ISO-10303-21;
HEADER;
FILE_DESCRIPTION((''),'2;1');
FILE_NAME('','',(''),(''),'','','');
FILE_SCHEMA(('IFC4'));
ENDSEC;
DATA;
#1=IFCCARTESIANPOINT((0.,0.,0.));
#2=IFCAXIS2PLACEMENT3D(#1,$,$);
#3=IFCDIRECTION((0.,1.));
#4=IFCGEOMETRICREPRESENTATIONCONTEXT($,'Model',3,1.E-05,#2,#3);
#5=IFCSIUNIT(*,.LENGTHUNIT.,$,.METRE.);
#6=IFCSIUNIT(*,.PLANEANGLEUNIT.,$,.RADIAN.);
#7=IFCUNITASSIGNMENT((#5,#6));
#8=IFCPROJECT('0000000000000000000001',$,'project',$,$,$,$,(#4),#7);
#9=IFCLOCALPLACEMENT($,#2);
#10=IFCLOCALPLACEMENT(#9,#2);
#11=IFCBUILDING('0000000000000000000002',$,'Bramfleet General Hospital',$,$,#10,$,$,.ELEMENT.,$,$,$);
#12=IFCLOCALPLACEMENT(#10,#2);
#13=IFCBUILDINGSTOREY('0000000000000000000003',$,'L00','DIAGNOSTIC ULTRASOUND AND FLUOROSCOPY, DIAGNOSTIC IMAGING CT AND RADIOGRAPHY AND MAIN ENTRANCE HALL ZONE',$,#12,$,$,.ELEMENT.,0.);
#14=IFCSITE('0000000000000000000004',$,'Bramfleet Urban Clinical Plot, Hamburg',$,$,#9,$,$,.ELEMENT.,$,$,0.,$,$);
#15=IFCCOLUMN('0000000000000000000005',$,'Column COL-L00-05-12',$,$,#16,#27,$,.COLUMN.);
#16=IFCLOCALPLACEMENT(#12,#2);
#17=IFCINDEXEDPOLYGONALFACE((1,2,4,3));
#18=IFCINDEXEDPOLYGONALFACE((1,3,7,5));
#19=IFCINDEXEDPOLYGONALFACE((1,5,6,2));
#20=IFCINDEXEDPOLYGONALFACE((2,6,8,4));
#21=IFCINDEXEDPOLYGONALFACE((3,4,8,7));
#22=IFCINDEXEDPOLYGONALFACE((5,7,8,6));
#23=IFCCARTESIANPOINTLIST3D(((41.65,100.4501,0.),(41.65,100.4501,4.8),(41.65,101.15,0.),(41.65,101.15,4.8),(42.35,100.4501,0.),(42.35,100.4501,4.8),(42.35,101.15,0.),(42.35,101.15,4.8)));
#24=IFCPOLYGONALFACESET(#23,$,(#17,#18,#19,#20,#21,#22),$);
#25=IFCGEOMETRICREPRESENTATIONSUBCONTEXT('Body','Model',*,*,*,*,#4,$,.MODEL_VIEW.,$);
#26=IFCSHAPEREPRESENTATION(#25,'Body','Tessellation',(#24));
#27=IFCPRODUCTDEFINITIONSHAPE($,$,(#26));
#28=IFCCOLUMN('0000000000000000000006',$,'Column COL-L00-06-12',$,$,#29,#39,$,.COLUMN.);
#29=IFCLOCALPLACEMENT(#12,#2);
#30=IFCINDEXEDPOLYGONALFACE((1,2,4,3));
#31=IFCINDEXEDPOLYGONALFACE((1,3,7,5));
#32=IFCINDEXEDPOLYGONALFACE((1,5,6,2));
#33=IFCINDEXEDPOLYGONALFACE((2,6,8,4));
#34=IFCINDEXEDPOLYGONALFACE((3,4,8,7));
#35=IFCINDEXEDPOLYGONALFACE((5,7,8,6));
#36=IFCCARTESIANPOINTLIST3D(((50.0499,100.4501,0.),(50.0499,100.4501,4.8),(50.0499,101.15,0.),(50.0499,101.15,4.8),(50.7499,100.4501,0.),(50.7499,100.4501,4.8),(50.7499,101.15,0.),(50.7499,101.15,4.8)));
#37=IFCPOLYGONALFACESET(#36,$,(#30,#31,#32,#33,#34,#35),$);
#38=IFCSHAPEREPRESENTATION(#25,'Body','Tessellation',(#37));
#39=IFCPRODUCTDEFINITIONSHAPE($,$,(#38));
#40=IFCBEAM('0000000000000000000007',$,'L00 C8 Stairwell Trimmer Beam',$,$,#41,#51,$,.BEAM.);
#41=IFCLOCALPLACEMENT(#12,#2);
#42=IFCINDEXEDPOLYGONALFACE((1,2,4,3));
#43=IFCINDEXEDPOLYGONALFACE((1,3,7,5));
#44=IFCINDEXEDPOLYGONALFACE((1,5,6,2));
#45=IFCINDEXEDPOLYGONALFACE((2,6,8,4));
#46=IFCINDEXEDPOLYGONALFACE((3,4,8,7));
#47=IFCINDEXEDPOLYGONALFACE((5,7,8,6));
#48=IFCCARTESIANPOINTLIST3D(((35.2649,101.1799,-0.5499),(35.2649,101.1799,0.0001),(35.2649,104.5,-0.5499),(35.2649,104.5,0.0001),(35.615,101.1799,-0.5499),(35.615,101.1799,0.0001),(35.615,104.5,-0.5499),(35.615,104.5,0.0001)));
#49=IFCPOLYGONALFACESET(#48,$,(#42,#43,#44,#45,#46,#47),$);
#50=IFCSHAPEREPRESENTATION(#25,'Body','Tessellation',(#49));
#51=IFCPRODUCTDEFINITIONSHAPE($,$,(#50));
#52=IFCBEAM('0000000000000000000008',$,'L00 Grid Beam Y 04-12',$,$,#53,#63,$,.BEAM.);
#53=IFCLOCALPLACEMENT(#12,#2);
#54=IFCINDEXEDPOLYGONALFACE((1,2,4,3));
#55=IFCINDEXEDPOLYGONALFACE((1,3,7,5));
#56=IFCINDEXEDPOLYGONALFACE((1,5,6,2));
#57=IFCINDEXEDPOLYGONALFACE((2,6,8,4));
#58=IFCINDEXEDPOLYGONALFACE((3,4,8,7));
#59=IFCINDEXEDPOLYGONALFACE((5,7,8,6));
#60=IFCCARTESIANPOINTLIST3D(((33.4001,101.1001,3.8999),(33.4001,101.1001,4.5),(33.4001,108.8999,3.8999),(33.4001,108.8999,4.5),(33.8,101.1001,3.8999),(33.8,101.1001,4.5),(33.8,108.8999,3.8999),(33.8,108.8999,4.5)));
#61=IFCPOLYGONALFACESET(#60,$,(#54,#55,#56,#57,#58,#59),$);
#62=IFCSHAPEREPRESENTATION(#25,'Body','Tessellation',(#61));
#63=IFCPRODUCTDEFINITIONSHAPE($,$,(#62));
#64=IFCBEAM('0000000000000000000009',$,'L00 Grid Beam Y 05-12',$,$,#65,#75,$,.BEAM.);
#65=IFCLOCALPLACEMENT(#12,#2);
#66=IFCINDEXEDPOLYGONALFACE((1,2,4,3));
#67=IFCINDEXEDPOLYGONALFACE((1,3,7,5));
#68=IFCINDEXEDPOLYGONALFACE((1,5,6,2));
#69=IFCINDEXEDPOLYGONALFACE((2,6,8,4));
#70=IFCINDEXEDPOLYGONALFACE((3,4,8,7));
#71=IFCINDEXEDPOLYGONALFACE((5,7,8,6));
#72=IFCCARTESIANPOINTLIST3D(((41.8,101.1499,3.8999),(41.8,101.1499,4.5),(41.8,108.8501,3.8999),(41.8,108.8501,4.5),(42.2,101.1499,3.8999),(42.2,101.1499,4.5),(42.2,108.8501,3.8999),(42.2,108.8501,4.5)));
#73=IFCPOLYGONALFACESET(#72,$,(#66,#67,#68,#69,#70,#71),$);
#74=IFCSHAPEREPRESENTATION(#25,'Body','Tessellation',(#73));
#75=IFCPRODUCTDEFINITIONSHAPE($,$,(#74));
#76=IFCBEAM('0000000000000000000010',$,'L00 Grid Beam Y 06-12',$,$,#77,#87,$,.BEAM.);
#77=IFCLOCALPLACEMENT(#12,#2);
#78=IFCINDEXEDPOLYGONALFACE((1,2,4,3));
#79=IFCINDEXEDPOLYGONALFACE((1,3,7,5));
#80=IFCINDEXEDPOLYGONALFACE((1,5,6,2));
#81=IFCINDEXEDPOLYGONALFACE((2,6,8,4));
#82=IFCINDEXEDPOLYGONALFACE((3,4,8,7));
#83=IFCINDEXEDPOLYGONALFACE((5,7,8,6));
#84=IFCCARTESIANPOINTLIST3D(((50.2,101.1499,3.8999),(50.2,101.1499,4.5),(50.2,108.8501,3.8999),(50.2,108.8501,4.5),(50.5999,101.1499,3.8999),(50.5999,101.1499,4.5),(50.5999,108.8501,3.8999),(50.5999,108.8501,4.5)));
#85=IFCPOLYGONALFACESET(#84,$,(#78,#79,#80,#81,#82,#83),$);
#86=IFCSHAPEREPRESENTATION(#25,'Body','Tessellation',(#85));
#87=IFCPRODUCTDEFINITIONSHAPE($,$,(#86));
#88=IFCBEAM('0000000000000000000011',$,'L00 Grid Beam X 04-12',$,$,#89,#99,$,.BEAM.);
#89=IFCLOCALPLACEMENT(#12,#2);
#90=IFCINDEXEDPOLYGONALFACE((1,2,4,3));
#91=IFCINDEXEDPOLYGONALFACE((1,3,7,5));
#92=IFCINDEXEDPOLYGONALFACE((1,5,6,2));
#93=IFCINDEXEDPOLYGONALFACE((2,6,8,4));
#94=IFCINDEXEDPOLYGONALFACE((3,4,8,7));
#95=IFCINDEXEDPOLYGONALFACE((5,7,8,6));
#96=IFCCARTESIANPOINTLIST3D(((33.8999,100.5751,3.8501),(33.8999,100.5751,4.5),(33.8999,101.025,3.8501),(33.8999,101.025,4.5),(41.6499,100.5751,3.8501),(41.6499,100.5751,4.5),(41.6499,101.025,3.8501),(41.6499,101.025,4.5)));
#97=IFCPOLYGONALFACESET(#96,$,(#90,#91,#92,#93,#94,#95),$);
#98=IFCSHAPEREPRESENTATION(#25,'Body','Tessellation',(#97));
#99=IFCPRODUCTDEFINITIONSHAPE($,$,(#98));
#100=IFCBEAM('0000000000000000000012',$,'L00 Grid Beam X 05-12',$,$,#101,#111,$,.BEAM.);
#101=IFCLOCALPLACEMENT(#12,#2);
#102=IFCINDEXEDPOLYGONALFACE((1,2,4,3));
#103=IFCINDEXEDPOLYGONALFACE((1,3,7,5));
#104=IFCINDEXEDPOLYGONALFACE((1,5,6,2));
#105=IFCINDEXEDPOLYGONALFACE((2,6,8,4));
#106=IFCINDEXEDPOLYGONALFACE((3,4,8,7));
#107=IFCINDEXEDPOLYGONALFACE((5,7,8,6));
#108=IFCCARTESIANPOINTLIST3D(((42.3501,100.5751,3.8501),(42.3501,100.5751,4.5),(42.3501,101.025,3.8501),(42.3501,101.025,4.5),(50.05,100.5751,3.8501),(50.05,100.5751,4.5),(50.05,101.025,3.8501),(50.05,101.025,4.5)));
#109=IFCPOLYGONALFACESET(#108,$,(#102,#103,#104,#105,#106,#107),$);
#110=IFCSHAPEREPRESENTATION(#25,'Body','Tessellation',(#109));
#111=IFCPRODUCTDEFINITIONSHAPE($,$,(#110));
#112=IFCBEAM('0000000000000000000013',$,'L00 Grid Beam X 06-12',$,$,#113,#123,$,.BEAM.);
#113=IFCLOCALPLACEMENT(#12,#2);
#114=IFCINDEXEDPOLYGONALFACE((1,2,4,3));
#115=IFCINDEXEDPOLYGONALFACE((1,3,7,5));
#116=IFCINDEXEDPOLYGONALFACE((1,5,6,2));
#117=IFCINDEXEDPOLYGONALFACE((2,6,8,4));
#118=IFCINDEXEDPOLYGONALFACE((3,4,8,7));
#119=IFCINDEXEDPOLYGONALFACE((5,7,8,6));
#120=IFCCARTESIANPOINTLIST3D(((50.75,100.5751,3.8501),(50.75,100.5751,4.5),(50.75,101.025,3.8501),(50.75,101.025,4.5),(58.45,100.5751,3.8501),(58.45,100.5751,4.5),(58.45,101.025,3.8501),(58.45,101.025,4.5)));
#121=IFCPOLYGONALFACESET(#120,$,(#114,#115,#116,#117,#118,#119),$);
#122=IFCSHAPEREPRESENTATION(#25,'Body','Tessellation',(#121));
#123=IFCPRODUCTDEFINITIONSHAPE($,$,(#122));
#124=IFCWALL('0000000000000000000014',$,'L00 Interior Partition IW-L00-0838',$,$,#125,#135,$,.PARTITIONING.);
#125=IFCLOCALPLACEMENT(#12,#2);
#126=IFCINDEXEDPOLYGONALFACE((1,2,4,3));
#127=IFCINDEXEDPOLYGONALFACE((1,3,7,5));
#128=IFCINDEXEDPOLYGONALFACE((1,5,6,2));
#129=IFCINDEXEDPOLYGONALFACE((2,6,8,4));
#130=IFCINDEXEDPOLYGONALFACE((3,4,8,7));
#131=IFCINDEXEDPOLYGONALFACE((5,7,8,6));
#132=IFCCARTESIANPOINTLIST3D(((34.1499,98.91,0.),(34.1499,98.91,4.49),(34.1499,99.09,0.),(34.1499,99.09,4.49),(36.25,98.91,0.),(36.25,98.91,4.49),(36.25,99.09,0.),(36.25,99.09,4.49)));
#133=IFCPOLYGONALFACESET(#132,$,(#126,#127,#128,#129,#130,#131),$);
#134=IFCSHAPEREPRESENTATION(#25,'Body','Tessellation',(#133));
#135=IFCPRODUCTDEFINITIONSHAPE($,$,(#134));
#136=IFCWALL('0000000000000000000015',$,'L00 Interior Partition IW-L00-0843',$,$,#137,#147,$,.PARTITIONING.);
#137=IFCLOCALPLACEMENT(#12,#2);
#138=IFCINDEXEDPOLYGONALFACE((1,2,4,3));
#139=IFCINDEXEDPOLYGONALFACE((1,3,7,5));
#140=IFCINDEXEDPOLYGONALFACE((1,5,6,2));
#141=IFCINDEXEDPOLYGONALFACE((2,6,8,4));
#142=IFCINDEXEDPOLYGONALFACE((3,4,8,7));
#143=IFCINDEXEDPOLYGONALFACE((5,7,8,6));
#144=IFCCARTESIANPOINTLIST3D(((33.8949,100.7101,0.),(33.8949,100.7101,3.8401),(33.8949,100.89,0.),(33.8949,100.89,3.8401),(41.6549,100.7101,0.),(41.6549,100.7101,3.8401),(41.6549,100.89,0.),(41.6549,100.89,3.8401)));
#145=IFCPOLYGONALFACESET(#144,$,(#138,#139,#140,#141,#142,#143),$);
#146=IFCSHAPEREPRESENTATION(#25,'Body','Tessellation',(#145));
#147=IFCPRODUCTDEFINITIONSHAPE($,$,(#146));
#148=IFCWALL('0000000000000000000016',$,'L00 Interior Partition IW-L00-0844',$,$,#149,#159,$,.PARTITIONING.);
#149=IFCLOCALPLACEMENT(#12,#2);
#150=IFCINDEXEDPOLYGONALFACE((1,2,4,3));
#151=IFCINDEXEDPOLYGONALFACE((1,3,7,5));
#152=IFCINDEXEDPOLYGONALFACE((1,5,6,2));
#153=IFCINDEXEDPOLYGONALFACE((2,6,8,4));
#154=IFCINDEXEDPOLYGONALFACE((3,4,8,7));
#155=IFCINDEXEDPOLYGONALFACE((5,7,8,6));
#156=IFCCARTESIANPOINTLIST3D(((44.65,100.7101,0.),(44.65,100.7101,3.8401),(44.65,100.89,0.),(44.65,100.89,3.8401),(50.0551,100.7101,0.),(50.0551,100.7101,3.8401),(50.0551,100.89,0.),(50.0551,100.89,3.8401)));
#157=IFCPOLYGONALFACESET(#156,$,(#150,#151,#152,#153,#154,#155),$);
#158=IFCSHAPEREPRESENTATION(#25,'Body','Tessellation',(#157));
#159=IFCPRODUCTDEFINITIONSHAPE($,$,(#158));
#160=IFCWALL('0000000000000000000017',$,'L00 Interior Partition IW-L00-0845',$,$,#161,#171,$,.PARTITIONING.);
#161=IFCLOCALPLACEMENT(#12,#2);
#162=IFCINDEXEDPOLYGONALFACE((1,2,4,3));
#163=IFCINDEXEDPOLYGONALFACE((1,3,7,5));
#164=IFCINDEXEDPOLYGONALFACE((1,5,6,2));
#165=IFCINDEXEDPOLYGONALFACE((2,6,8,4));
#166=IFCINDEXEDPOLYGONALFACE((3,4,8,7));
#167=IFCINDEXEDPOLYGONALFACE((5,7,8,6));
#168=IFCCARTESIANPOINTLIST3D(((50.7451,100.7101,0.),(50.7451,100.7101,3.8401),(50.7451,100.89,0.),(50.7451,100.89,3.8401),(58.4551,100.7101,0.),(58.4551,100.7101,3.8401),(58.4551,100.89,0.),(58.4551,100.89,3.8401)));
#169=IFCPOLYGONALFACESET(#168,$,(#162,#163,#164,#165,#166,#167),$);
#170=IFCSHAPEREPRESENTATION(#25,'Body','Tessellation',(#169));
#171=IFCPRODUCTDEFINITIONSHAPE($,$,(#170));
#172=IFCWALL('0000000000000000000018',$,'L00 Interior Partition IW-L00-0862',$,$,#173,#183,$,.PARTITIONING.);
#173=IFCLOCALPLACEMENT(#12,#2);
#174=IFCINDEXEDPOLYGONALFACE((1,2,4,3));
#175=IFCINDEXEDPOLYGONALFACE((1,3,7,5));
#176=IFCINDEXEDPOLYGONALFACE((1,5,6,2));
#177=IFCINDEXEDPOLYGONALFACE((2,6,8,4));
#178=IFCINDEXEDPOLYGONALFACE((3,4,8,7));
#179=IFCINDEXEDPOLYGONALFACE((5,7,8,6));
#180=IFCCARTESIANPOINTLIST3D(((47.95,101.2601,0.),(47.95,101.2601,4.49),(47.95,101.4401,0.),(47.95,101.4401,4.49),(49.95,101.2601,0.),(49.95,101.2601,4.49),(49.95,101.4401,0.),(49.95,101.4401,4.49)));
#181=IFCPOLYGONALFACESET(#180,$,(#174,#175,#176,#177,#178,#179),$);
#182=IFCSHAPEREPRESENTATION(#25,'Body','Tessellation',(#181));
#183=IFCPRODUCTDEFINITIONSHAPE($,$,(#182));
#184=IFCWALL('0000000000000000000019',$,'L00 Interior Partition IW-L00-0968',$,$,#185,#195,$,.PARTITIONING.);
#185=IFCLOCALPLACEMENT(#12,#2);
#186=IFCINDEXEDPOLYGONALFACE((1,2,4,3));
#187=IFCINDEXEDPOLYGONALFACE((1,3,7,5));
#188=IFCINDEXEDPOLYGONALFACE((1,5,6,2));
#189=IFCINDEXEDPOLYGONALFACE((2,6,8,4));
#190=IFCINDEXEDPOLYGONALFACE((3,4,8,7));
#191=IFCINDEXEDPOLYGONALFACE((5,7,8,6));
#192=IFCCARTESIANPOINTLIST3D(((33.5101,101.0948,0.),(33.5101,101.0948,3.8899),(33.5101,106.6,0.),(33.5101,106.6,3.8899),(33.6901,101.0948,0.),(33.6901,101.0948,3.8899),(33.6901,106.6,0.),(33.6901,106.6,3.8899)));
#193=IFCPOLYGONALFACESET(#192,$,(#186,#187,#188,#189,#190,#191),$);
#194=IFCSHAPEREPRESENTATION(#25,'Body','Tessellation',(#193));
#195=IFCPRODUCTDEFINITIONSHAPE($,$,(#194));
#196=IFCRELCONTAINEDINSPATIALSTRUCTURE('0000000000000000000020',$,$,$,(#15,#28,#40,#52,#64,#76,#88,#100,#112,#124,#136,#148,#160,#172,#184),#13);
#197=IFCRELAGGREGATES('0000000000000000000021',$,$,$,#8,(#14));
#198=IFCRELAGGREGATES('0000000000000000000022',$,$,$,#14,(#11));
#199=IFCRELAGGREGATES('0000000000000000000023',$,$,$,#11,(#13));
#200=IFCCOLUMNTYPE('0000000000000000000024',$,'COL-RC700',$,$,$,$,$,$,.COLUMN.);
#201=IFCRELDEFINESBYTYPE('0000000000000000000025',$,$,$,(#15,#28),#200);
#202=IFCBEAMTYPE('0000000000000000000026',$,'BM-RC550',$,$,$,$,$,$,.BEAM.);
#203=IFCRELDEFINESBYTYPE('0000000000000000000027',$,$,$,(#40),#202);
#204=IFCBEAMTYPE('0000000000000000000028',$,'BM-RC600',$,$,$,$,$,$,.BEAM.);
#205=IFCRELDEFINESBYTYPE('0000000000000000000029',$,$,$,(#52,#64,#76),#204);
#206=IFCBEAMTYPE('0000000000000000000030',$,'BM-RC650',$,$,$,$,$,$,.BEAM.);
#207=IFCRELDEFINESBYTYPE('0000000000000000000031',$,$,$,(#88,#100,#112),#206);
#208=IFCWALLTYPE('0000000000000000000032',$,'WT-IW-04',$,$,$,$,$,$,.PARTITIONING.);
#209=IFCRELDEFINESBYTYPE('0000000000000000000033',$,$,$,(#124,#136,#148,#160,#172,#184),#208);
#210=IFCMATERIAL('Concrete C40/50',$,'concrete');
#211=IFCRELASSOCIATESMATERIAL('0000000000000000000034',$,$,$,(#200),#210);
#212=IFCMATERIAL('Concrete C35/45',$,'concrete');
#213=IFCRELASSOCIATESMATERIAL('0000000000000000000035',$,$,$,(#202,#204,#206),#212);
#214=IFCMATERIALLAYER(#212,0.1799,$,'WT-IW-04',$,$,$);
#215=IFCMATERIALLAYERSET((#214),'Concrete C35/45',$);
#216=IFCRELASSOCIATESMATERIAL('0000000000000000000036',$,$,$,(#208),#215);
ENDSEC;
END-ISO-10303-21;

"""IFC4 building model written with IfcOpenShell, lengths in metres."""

from ifc_helpers import new_model, si_unit, direction, frame, frame_2d, origin, origin_2d, place, context, subcontext, project, spatial, rectangle, extrude, material, layer, layer_set, material_profile, profile_set, type_object, element, save


model = new_model("IFC4")

# Units and contexts
model_context = context("Model", 3, precision=1e-05, world=origin(), true_north=direction((0.0, 1.0)))
body_context = subcontext(model_context, "Body", "Model", "MODEL_VIEW")
ifc_project = project(units=[si_unit("LENGTHUNIT", "METRE"), si_unit("PLANEANGLEUNIT", "RADIAN")], contexts=[model_context])

# Site, building, storey
site_placement = place(None, origin())
site = spatial("IfcSite", under=ifc_project, at=site_placement, Name="Bramfleet Urban Clinical Plot, Hamburg", CompositionType="ELEMENT", RefElevation=0.0)
building_placement = place(site_placement, origin())
building = spatial("IfcBuilding", under=site, at=building_placement, Name="Bramfleet General Hospital", CompositionType="ELEMENT")
storey_placement = place(building_placement, origin())
storey = spatial("IfcBuildingStorey", under=building, at=storey_placement, Name="L00", Description="DIAGNOSTIC ULTRASOUND AND FLUOROSCOPY, DIAGNOSTIC IMAGING CT AND RADIOGRAPHY AND MAIN ENTRANCE HALL ZONE", CompositionType="ELEMENT", Elevation=0.0)

# Columns
ifc_material_1 = material(Name="Concrete C40/50", Category="concrete")
ifc_material_profile_1 = material_profile(ifc_material_1, rectangle(XDim=0.7, YDim=0.7, at=origin_2d()), Name="RC COL 700x700")
ifc_profile_set_1 = profile_set([ifc_material_profile_1], Name="Concrete C40/50")
column_type = type_object("IfcColumnType", Name="COL-RC700", PredefinedType="COLUMN", material=ifc_profile_set_1)
for number, where, z_axis, x_axis, name in (
    (1, (42.0, 100.8, 0.0), (0.0, 0.0, 1.0), (1.0, 0.0, 0.0), "Column COL-L00-05-12"),
    (2, (50.3999, 100.8, 0.0), (0.0, 0.0, 1.0), (1.0, 0.0, 0.0), "Column COL-L00-06-12"),
):
    element("IfcColumn", number, at=place(storey_placement, frame(where, z_axis=z_axis, x_axis=x_axis)), inside=storey, type_object=column_type, Name=name, PredefinedType="COLUMN", context=body_context, shape_type="SweptSolid", body=[
        extrude(rectangle(XDim=0.7, YDim=0.7, at=origin_2d()), origin(), (0.0, 0.0, 1.0), 4.8),
    ])

# Beams
ifc_material_2 = material(Name="Concrete C35/45", Category="concrete")
ifc_material_profile_2 = material_profile(ifc_material_2, rectangle(XDim=0.3501, YDim=0.55, at=origin_2d()), Name="RC BM 550x350")
ifc_profile_set_2 = profile_set([ifc_material_profile_2], Name="Concrete C35/45")
beam_type_1 = type_object("IfcBeamType", Name="BM-RC550", PredefinedType="BEAM", material=ifc_profile_set_2)
beam_1_placement = place(storey_placement, frame((35.4399, 101.1799, -0.2749), z_axis=(0.0, 1.0, 0.0), x_axis=(-1.0, 0.0, 0.0)))
element("IfcBeam", 3, at=beam_1_placement, inside=storey, type_object=beam_type_1, Name="L00 C8 Stairwell Trimmer Beam", PredefinedType="BEAM", context=body_context, shape_type="SweptSolid", body=[
    extrude(rectangle(XDim=0.3501, YDim=0.55, at=origin_2d()), origin(), (0.0, 0.0, 1.0), 3.3201),
])
ifc_material_profile_3 = material_profile(ifc_material_2, rectangle(XDim=0.3999, YDim=0.6001, at=origin_2d()), Name="RC BM 600x400")
ifc_profile_set_3 = profile_set([ifc_material_profile_3], Name="Concrete C35/45")
beam_type_2 = type_object("IfcBeamType", Name="BM-RC600", PredefinedType="BEAM", material=ifc_profile_set_3)
beam_2_placement = place(storey_placement, frame((33.6001, 101.1001, 4.2), z_axis=(0.0, 1.0, 0.0), x_axis=(-1.0, 0.0, 0.0)))
element("IfcBeam", 4, at=beam_2_placement, inside=storey, type_object=beam_type_2, Name="L00 Grid Beam Y 04-12", PredefinedType="BEAM", context=body_context, shape_type="SweptSolid", body=[
    extrude(rectangle(XDim=0.3999, YDim=0.6001, at=origin_2d()), origin(), (0.0, 0.0, 1.0), 7.7998),
])
for number, where, z_axis, x_axis, name in (
    (5, (42.0, 101.1499, 4.2), (0.0, 1.0, 0.0), (-1.0, 0.0, 0.0), "L00 Grid Beam Y 05-12"),
    (6, (50.3999, 101.1499, 4.2), (0.0, 1.0, 0.0), (-1.0, 0.0, 0.0), "L00 Grid Beam Y 06-12"),
):
    element("IfcBeam", number, at=place(storey_placement, frame(where, z_axis=z_axis, x_axis=x_axis)), inside=storey, type_object=beam_type_2, Name=name, PredefinedType="BEAM", context=body_context, shape_type="SweptSolid", body=[
        extrude(rectangle(XDim=0.3999, YDim=0.6001, at=origin_2d()), origin(), (0.0, 0.0, 1.0), 7.7002),
    ])
ifc_material_profile_4 = material_profile(ifc_material_2, rectangle(XDim=0.45, YDim=0.6499, at=origin_2d()), Name="RC BM 650x450")
ifc_profile_set_4 = profile_set([ifc_material_profile_4], Name="Concrete C35/45")
beam_type_3 = type_object("IfcBeamType", Name="BM-RC650", PredefinedType="BEAM", material=ifc_profile_set_4)
beam_3_placement = place(storey_placement, frame((33.8999, 100.8, 4.175), z_axis=(1.0, 0.0, 0.0), x_axis=(0.0, 1.0, 0.0)))
element("IfcBeam", 7, at=beam_3_placement, inside=storey, type_object=beam_type_3, Name="L00 Grid Beam X 04-12", PredefinedType="BEAM", context=body_context, shape_type="SweptSolid", body=[
    extrude(rectangle(XDim=0.45, YDim=0.6499, at=origin_2d()), origin(), (0.0, 0.0, 1.0), 7.75),
])
for number, where, z_axis, x_axis, name in (
    (8, (42.3501, 100.8, 4.175), (1.0, 0.0, 0.0), (0.0, 1.0, 0.0), "L00 Grid Beam X 05-12"),
    (9, (50.75, 100.8, 4.175), (1.0, 0.0, 0.0), (0.0, 1.0, 0.0), "L00 Grid Beam X 06-12"),
):
    element("IfcBeam", number, at=place(storey_placement, frame(where, z_axis=z_axis, x_axis=x_axis)), inside=storey, type_object=beam_type_3, Name=name, PredefinedType="BEAM", context=body_context, shape_type="SweptSolid", body=[
        extrude(rectangle(XDim=0.45, YDim=0.6499, at=origin_2d()), origin(), (0.0, 0.0, 1.0), 7.7),
    ])

# Walls
ifc_layer_1 = layer(ifc_material_2, 0.1799, Name="WT-IW-04")
ifc_layer_set_1 = layer_set([ifc_layer_1], Name="Concrete C35/45")
wall_type_1 = type_object("IfcWallType", Name="WT-IW-04", PredefinedType="PARTITIONING", material=ifc_layer_set_1)
wall_1_placement = place(storey_placement, frame((34.1499, 99.0, 0.0), z_axis=(0.0, 0.0, 1.0), x_axis=(1.0, 0.0, 0.0)))
element("IfcWall", 10, at=wall_1_placement, inside=storey, type_object=wall_type_1, Name="L00 Interior Partition IW-L00-0838", PredefinedType="PARTITIONING", context=body_context, shape_type="SweptSolid", body=[
    extrude(rectangle(XDim=2.1001, YDim=0.1799, at=frame_2d((1.05, 0.0))), origin(), (0.0, 0.0, 1.0), 4.49),
])
wall_2_placement = place(storey_placement, frame((33.895, 100.8, 0.0), z_axis=(0.0, 0.0, 1.0), x_axis=(1.0, 0.0, 0.0)))
element("IfcWall", 11, at=wall_2_placement, inside=storey, type_object=wall_type_1, Name="L00 Interior Partition IW-L00-0843", PredefinedType="PARTITIONING", context=body_context, shape_type="SweptSolid", body=[
    extrude(rectangle(XDim=7.76, YDim=0.1799, at=frame_2d((3.8799, 0.0))), origin(), (0.0, 0.0, 1.0), 3.8401),
])
wall_3_placement = place(storey_placement, frame((44.6499, 100.8, 0.0), z_axis=(0.0, 0.0, 1.0), x_axis=(1.0, 0.0, 0.0)))
element("IfcWall", 12, at=wall_3_placement, inside=storey, type_object=wall_type_1, Name="L00 Interior Partition IW-L00-0844", PredefinedType="PARTITIONING", context=body_context, shape_type="SweptSolid", body=[
    extrude(rectangle(XDim=5.405, YDim=0.1799, at=frame_2d((2.7026, 0.0))), origin(), (0.0, 0.0, 1.0), 3.8401),
])
wall_4_placement = place(storey_placement, frame((50.7451, 100.8, 0.0), z_axis=(0.0, 0.0, 1.0), x_axis=(1.0, 0.0, 0.0)))
element("IfcWall", 13, at=wall_4_placement, inside=storey, type_object=wall_type_1, Name="L00 Interior Partition IW-L00-0845", PredefinedType="PARTITIONING", context=body_context, shape_type="SweptSolid", body=[
    extrude(rectangle(XDim=7.71, YDim=0.1799, at=frame_2d((3.855, 0.0))), origin(), (0.0, 0.0, 1.0), 3.8401),
])
wall_5_placement = place(storey_placement, frame((47.95, 101.3501, 0.0), z_axis=(0.0, 0.0, 1.0), x_axis=(1.0, 0.0, 0.0)))
element("IfcWall", 14, at=wall_5_placement, inside=storey, type_object=wall_type_1, Name="L00 Interior Partition IW-L00-0862", PredefinedType="PARTITIONING", context=body_context, shape_type="SweptSolid", body=[
    extrude(rectangle(XDim=2.0, YDim=0.1799, at=frame_2d((1.0, 0.0))), origin(), (0.0, 0.0, 1.0), 4.49),
])
wall_6_placement = place(storey_placement, frame((33.6001, 101.095, 0.0), z_axis=(0.0, 0.0, 1.0), x_axis=(0.0, 1.0, 0.0)))
element("IfcWall", 15, at=wall_6_placement, inside=storey, type_object=wall_type_1, Name="L00 Interior Partition IW-L00-0968", PredefinedType="PARTITIONING", context=body_context, shape_type="SweptSolid", body=[
    extrude(rectangle(XDim=5.5051, YDim=0.1799, at=frame_2d((2.7524, 0.0))), origin(), (0.0, 0.0, 1.0), 3.8899),
])

save(model, "model.ifc")
